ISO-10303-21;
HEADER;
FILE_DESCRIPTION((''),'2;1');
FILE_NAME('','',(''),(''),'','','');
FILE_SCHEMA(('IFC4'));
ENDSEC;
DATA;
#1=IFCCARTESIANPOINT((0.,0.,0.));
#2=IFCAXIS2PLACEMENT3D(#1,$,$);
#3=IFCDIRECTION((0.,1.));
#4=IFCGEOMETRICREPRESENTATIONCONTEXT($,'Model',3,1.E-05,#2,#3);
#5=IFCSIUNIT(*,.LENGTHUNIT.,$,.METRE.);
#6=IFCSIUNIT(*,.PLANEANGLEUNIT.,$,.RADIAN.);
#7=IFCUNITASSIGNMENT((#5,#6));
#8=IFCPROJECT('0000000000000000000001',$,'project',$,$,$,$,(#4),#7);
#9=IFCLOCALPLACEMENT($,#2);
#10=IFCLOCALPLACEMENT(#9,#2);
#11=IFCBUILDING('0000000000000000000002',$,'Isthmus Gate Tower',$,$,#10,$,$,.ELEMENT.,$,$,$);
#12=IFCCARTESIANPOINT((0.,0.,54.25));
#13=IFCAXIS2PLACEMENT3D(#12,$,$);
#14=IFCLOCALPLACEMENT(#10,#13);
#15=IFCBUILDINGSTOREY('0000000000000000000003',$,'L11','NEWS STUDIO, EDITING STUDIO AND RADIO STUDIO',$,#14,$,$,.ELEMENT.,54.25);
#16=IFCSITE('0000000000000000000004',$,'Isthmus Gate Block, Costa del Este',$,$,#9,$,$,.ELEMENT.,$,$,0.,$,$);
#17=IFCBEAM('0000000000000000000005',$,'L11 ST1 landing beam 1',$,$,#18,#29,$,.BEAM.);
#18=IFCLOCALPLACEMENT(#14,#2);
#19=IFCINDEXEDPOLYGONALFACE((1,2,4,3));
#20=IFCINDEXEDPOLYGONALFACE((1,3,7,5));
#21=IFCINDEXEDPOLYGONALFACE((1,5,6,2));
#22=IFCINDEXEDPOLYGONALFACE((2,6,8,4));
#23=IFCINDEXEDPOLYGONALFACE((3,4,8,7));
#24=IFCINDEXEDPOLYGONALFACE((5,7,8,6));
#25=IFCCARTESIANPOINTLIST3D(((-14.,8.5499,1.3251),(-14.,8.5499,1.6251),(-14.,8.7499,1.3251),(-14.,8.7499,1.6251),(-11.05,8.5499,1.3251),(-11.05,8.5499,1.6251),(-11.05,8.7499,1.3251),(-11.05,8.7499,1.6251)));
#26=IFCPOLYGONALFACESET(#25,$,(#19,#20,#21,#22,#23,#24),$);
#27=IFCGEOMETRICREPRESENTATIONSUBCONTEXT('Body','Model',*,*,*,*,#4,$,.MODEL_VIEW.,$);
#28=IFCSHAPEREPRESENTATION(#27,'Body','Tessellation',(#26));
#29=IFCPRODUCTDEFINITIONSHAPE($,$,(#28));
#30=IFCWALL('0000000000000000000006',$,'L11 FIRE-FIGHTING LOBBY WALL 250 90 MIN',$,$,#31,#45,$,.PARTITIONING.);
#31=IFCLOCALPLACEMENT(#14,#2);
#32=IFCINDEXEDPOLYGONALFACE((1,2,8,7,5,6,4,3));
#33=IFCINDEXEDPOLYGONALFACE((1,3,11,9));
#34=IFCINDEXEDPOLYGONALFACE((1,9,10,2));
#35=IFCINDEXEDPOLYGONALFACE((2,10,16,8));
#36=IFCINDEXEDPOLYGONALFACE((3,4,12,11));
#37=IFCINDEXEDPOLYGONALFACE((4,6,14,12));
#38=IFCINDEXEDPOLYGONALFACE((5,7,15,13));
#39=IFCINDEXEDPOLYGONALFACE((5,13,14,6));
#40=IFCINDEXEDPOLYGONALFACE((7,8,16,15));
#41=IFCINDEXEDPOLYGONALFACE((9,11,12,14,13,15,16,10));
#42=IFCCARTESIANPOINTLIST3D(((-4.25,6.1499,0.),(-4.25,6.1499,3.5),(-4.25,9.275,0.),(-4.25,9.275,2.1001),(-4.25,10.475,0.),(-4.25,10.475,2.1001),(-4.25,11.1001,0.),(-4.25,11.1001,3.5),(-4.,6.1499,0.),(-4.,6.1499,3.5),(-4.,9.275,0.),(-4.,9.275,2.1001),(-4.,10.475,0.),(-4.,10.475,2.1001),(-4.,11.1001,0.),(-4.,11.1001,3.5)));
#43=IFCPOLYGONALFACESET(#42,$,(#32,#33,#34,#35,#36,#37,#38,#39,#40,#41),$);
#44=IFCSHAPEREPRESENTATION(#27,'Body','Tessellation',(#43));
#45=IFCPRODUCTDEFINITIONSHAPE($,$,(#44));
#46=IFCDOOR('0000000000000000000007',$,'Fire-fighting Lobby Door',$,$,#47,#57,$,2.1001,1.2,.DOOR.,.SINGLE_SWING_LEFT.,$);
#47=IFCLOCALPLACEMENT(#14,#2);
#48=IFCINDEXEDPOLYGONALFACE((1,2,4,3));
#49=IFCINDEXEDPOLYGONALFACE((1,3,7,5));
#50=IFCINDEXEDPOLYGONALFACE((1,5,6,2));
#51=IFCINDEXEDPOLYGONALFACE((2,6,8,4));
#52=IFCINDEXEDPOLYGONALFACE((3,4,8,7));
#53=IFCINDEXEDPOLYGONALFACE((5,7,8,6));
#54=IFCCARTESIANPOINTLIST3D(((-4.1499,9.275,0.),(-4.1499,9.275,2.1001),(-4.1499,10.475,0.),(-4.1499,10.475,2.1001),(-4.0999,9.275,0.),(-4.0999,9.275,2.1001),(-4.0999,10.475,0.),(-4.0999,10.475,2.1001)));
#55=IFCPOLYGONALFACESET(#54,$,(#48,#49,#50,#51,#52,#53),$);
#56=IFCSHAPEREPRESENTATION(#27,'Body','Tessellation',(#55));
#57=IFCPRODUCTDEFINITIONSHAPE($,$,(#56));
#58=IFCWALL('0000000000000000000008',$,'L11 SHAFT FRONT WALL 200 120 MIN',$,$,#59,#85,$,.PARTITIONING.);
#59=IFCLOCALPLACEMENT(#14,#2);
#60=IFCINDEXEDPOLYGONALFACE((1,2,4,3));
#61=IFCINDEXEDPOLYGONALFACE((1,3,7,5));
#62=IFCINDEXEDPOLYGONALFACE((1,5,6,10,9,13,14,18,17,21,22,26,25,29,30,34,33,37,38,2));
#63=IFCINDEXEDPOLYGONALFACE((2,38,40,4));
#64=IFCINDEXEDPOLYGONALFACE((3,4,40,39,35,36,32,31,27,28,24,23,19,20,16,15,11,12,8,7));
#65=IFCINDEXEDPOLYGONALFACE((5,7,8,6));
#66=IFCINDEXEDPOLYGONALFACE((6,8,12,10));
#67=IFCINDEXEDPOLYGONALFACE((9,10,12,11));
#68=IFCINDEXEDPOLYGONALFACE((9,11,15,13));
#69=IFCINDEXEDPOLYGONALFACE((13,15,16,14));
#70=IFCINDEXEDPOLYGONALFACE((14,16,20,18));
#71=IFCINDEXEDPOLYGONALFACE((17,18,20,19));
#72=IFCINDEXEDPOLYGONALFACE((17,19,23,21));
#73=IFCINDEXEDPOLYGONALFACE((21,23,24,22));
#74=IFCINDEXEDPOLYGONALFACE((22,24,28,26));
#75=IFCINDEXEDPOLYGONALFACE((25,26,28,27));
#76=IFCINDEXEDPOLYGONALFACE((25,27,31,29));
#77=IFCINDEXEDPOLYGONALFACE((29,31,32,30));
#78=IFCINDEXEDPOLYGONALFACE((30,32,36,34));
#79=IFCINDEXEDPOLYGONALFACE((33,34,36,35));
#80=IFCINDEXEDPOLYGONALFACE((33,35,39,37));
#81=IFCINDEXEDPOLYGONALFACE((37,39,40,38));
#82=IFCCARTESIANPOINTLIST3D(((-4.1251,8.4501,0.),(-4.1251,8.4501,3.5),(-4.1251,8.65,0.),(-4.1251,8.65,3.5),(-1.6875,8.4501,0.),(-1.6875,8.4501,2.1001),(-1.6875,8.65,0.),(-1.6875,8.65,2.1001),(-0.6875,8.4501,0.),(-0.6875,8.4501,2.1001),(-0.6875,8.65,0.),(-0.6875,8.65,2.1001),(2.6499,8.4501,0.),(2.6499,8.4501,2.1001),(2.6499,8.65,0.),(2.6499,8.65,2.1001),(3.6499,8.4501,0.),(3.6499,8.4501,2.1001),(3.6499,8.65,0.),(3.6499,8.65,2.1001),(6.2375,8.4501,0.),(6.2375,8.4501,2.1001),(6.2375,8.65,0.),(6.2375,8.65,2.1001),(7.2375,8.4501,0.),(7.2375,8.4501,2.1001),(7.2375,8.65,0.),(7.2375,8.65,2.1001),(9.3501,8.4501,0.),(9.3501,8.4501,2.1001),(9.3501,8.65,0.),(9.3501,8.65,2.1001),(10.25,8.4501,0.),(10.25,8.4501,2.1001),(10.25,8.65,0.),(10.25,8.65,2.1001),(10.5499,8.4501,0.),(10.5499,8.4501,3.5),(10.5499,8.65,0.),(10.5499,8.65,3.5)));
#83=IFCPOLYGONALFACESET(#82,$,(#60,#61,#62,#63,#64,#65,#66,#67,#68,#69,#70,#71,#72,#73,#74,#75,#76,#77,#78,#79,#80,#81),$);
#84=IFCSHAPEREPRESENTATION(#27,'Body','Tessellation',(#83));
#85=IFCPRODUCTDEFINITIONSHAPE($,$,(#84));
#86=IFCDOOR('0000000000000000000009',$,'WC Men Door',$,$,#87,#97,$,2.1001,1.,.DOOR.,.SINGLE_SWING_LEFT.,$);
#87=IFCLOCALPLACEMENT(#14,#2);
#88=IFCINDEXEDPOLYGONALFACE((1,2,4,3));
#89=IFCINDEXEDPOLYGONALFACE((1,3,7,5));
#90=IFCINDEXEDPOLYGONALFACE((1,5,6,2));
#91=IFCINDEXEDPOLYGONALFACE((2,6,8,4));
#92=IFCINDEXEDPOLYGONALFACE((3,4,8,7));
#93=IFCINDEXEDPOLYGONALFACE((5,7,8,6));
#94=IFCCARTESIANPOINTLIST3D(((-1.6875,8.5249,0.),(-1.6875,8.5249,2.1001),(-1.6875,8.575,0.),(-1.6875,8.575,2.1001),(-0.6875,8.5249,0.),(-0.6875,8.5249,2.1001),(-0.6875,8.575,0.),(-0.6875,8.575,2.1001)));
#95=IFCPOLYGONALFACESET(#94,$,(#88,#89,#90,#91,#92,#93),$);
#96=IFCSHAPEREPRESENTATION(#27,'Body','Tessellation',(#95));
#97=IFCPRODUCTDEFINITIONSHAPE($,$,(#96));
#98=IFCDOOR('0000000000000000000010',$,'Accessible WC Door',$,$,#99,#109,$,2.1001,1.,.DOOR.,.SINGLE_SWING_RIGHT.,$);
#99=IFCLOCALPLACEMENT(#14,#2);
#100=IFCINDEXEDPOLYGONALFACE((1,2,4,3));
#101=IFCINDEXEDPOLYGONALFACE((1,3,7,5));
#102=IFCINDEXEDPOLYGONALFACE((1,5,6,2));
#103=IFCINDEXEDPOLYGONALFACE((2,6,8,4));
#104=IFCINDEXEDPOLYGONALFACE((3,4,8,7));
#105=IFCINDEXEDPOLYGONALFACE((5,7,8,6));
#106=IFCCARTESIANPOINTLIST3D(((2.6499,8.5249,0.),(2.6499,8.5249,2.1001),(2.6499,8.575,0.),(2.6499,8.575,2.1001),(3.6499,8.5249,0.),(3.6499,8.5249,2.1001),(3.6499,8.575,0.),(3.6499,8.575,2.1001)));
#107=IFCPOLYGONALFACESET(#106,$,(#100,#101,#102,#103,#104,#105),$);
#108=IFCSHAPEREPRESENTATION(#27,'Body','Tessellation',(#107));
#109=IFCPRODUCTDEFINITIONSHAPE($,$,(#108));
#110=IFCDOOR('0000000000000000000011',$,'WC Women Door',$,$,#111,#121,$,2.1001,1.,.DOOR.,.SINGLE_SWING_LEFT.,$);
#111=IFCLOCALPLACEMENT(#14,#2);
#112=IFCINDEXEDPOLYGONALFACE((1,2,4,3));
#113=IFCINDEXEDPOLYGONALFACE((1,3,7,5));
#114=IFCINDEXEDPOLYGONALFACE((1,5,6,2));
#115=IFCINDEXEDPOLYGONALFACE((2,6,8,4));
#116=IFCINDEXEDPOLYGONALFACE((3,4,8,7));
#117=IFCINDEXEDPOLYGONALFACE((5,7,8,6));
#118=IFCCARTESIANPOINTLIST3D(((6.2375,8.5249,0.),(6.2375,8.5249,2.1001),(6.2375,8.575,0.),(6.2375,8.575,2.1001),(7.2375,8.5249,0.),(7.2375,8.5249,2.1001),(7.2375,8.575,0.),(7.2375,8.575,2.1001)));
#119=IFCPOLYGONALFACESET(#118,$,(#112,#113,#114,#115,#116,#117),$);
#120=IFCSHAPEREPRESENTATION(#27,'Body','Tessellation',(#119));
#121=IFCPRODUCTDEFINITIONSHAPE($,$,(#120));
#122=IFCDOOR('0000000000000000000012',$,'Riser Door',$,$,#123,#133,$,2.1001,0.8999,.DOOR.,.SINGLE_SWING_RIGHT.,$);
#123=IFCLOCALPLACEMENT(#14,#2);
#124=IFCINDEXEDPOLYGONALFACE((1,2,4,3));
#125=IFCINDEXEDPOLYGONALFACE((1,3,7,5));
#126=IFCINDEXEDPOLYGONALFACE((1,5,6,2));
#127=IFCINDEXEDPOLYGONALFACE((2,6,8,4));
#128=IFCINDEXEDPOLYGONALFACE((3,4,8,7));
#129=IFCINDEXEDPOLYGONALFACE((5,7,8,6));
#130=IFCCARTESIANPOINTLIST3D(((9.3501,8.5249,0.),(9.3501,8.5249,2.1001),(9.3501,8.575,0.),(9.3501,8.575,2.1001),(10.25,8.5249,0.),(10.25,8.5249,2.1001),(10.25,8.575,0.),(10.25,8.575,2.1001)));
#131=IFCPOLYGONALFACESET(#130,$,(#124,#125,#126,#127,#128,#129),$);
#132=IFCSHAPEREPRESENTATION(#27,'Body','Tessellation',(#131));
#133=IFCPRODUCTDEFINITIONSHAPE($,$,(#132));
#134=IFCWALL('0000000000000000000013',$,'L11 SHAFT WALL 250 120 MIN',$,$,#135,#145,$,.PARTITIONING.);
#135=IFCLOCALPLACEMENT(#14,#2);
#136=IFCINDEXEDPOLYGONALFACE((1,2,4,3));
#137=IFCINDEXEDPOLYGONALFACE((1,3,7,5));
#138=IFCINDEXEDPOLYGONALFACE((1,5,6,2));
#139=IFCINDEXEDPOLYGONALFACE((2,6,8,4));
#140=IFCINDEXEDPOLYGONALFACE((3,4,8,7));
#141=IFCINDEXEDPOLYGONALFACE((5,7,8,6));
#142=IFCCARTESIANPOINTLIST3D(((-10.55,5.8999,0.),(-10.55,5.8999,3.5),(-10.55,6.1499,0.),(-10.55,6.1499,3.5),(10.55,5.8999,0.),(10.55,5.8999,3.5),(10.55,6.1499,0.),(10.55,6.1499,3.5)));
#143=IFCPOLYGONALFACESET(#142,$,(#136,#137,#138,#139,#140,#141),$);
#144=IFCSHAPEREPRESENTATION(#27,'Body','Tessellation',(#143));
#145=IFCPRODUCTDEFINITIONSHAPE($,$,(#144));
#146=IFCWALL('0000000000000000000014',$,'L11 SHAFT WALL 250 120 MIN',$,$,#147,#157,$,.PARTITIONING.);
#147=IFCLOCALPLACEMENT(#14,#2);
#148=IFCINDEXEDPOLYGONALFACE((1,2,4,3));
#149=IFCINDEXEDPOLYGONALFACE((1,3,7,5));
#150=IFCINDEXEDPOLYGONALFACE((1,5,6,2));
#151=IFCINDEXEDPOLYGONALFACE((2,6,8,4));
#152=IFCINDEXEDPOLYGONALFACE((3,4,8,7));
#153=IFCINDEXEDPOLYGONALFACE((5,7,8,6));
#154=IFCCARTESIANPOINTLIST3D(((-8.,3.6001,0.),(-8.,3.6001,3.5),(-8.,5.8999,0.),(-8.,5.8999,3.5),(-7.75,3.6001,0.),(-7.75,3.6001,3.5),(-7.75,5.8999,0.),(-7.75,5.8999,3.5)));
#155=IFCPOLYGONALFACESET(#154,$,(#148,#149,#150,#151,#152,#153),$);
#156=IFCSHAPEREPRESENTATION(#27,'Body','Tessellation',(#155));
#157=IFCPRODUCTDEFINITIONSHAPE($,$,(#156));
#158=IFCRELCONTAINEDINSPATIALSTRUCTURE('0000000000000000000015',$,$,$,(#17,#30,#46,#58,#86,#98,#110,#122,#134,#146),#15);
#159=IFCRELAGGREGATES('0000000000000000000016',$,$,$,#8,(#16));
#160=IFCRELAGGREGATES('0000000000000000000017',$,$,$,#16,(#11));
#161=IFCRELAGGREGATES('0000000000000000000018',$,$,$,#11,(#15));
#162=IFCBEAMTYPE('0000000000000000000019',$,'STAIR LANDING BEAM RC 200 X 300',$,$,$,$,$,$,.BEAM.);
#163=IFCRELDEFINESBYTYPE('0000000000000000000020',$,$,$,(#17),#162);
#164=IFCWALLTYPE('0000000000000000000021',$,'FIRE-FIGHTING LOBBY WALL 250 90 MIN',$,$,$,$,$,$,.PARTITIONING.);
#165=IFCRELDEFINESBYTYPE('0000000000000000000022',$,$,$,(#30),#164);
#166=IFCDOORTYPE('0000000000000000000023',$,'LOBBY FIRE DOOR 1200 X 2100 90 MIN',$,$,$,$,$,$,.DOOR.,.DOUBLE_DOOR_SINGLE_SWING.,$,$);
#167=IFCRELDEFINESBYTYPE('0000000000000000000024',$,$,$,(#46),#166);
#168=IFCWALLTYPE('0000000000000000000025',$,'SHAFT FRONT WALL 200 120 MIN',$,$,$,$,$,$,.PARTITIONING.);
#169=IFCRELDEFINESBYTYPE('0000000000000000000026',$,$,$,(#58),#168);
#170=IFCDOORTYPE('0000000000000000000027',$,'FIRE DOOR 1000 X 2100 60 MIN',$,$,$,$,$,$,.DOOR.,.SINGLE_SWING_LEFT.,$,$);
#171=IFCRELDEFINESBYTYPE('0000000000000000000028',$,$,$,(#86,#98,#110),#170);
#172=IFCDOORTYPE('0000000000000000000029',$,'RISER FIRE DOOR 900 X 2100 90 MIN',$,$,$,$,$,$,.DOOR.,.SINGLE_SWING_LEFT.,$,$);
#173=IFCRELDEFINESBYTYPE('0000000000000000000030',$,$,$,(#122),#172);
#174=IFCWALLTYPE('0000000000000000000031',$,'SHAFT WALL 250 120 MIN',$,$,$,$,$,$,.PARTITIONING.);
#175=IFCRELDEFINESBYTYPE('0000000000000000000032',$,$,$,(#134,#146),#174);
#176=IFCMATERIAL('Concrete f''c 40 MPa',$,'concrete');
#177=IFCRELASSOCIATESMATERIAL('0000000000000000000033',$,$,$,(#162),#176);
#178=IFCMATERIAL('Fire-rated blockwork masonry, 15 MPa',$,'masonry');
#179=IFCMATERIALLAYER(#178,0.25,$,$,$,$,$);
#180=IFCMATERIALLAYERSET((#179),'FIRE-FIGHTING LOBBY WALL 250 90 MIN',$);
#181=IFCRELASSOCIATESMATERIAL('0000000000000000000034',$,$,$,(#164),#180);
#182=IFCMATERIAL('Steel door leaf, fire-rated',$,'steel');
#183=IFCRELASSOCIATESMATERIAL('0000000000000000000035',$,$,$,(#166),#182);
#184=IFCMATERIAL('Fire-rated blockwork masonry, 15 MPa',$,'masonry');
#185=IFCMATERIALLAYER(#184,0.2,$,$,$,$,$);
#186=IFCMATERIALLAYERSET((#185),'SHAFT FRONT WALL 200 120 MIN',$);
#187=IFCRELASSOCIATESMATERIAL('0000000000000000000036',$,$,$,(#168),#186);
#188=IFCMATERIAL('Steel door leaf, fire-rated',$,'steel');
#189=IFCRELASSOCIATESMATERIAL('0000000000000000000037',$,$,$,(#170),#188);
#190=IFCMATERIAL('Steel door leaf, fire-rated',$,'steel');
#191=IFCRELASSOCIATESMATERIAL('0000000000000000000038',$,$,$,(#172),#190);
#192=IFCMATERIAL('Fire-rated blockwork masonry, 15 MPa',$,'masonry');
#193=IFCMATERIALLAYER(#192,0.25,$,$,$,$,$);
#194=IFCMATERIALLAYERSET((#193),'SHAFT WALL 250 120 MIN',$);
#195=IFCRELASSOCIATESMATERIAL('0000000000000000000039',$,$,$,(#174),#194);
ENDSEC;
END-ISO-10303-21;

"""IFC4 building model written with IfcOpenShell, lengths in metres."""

from ifc_helpers import new_model, si_unit, direction, frame, frame_2d, origin, origin_2d, place, context, subcontext, project, spatial, rectangle, extrude, material, layer, layer_set, material_profile, profile_set, type_object, element, fill, save


model = new_model("IFC4")

# Units and contexts
model_context = context("Model", 3, precision=1e-05, world=origin(), true_north=direction((0.0, 1.0)))
body_context = subcontext(model_context, "Body", "Model", "MODEL_VIEW")
ifc_project = project(units=[si_unit("LENGTHUNIT", "METRE"), si_unit("PLANEANGLEUNIT", "RADIAN")], contexts=[model_context])

# Site, building, storey
site_placement = place(None, origin())
site = spatial("IfcSite", under=ifc_project, at=site_placement, Name="Isthmus Gate Block, Costa del Este", CompositionType="ELEMENT", RefElevation=0.0)
building_placement = place(site_placement, origin())
building = spatial("IfcBuilding", under=site, at=building_placement, Name="Isthmus Gate Tower", CompositionType="ELEMENT")
storey_placement = place(building_placement, frame((0.0, 0.0, 54.25)))
storey = spatial("IfcBuildingStorey", under=building, at=storey_placement, Name="L11", Description="NEWS STUDIO, EDITING STUDIO AND RADIO STUDIO", CompositionType="ELEMENT", Elevation=54.25)

# Beam
ifc_material_1 = material(Name="Concrete f'c 40 MPa", Category="concrete")
ifc_material_profile = material_profile(ifc_material_1, rectangle(XDim=0.2, YDim=0.3, at=origin_2d()), Name="STAIR LANDING BEAM RC 200 X 300")
ifc_profile_set = profile_set([ifc_material_profile], Name="Concrete f'c 40 MPa")
beam_type = type_object("IfcBeamType", Name="STAIR LANDING BEAM RC 200 X 300", PredefinedType="BEAM", material=ifc_profile_set)
beam_placement = place(storey_placement, frame((-14.0, 8.6499, 1.4751), z_axis=(1.0, 0.0, 0.0), x_axis=(0.0, 1.0, 0.0)))
element("IfcBeam", 1, at=beam_placement, inside=storey, type_object=beam_type, Name="L11 ST1 landing beam 1", PredefinedType="BEAM", context=body_context, shape_type="SweptSolid", body=[
    extrude(rectangle(XDim=0.2, YDim=0.3, at=origin_2d()), origin(), (0.0, 0.0, 1.0), 2.95),
])

# Wall, opening, door
ifc_material_2 = material(Name="Fire-rated blockwork masonry, 15 MPa", Category="masonry")
ifc_layer_1 = layer(ifc_material_2, 0.25)
ifc_layer_set_1 = layer_set([ifc_layer_1], Name="FIRE-FIGHTING LOBBY WALL 250 90 MIN")
wall_type_1 = type_object("IfcWallType", Name="FIRE-FIGHTING LOBBY WALL 250 90 MIN", PredefinedType="PARTITIONING", material=ifc_layer_set_1)
wall_1_placement = place(storey_placement, frame((-4.125, 6.1499, 0.0), z_axis=(0.0, 0.0, 1.0), x_axis=(0.0, 1.0, 0.0)))
wall_1 = element("IfcWall", 2, at=wall_1_placement, inside=storey, type_object=wall_type_1, Name="L11 FIRE-FIGHTING LOBBY WALL 250 90 MIN", PredefinedType="PARTITIONING", context=body_context, shape_type="SweptSolid", body=[
    extrude(rectangle(XDim=4.9502, YDim=0.25, at=frame_2d((2.4751, 0.0))), origin(), (0.0, 0.0, 1.0), 3.5),
])
opening_1_placement = place(wall_1_placement, frame((3.125, 0.0, 0.0)))
opening_1 = element("IfcOpeningElement", 3, at=opening_1_placement, cuts=wall_1, PredefinedType="OPENING", context=body_context, shape_type="SweptSolid", body=[
    extrude(rectangle(XDim=1.2, YDim=2.1001, at=frame_2d((0.6001, 1.05))), frame((0.0, 0.135, 0.0), z_axis=(0.0, -1.0, 0.0), x_axis=(1.0, 0.0, 0.0)), (0.0, 0.0, 1.0), 0.27),
])
ifc_material_3 = material(Name="Steel door leaf, fire-rated", Category="steel")
door_type_1 = type_object("IfcDoorType", Name="LOBBY FIRE DOOR 1200 X 2100 90 MIN", OperationType="DOUBLE_DOOR_SINGLE_SWING", PredefinedType="DOOR", material=ifc_material_3)
door_1_placement = place(opening_1_placement, origin())
door_1 = element("IfcDoor", 4, at=door_1_placement, inside=storey, type_object=door_type_1, Name="Fire-fighting Lobby Door", OperationType="SINGLE_SWING_LEFT", OverallHeight=2.1001, OverallWidth=1.2, PredefinedType="DOOR", context=body_context, shape_type="SweptSolid", body=[
    extrude(rectangle(XDim=1.2, YDim=2.1001, at=frame_2d((0.6001, 1.05))), frame((0.0, 0.0249, 0.0), z_axis=(0.0, -1.0, 0.0), x_axis=(1.0, 0.0, 0.0)), (0.0, 0.0, 1.0), 0.05),
])
fill(opening_1, door_1)

# Wall, openings, doors
ifc_material_4 = material(Name="Fire-rated blockwork masonry, 15 MPa", Category="masonry")
ifc_layer_2 = layer(ifc_material_4, 0.2)
ifc_layer_set_2 = layer_set([ifc_layer_2], Name="SHAFT FRONT WALL 200 120 MIN")
wall_type_2 = type_object("IfcWallType", Name="SHAFT FRONT WALL 200 120 MIN", PredefinedType="PARTITIONING", material=ifc_layer_set_2)
wall_2_placement = place(storey_placement, frame((-4.125, 8.55, 0.0), z_axis=(0.0, 0.0, 1.0), x_axis=(1.0, 0.0, 0.0)))
wall_2 = element("IfcWall", 5, at=wall_2_placement, inside=storey, type_object=wall_type_2, Name="L11 SHAFT FRONT WALL 200 120 MIN", PredefinedType="PARTITIONING", context=body_context, shape_type="SweptSolid", body=[
    extrude(rectangle(XDim=14.675, YDim=0.2, at=frame_2d((7.3374, 0.0))), origin(), (0.0, 0.0, 1.0), 3.5),
])
opening_2_placement = place(wall_2_placement, frame((2.4375, 0.0, 0.0)))
opening_2 = element("IfcOpeningElement", 6, at=opening_2_placement, cuts=wall_2, PredefinedType="OPENING", context=body_context, shape_type="SweptSolid", body=[
    extrude(rectangle(XDim=1.0, YDim=2.1001, at=frame_2d((0.5, 1.05))), frame((0.0, 0.1099, 0.0), z_axis=(0.0, -1.0, 0.0), x_axis=(1.0, 0.0, 0.0)), (0.0, 0.0, 1.0), 0.22),
])
opening_3_placement = place(wall_2_placement, frame((6.7749, 0.0, 0.0)))
opening_3 = element("IfcOpeningElement", 7, at=opening_3_placement, cuts=wall_2, PredefinedType="OPENING", context=body_context, shape_type="SweptSolid", body=[
    extrude(rectangle(XDim=1.0, YDim=2.1001, at=frame_2d((0.5, 1.05))), frame((0.0, 0.1099, 0.0), z_axis=(0.0, -1.0, 0.0), x_axis=(1.0, 0.0, 0.0)), (0.0, 0.0, 1.0), 0.22),
])
opening_4_placement = place(wall_2_placement, frame((10.3625, 0.0, 0.0)))
opening_4 = element("IfcOpeningElement", 8, at=opening_4_placement, cuts=wall_2, PredefinedType="OPENING", context=body_context, shape_type="SweptSolid", body=[
    extrude(rectangle(XDim=1.0, YDim=2.1001, at=frame_2d((0.5, 1.05))), frame((0.0, 0.1099, 0.0), z_axis=(0.0, -1.0, 0.0), x_axis=(1.0, 0.0, 0.0)), (0.0, 0.0, 1.0), 0.22),
])
opening_5_placement = place(wall_2_placement, frame((13.4751, 0.0, 0.0)))
opening_5 = element("IfcOpeningElement", 9, at=opening_5_placement, cuts=wall_2, PredefinedType="OPENING", context=body_context, shape_type="SweptSolid", body=[
    extrude(rectangle(XDim=0.8999, YDim=2.1001, at=frame_2d((0.45, 1.05))), frame((0.0, 0.1099, 0.0), z_axis=(0.0, -1.0, 0.0), x_axis=(1.0, 0.0, 0.0)), (0.0, 0.0, 1.0), 0.22),
])
ifc_material_5 = material(Name="Steel door leaf, fire-rated", Category="steel")
door_type_2 = type_object("IfcDoorType", Name="FIRE DOOR 1000 X 2100 60 MIN", OperationType="SINGLE_SWING_LEFT", PredefinedType="DOOR", material=ifc_material_5)
door_2_placement = place(opening_2_placement, origin())
door_2 = element("IfcDoor", 10, at=door_2_placement, inside=storey, type_object=door_type_2, Name="WC Men Door", OperationType="SINGLE_SWING_LEFT", OverallHeight=2.1001, OverallWidth=1.0, PredefinedType="DOOR", context=body_context, shape_type="SweptSolid", body=[
    extrude(rectangle(XDim=1.0, YDim=2.1001, at=frame_2d((0.5, 1.05))), frame((0.0, 0.0249, 0.0), z_axis=(0.0, -1.0, 0.0), x_axis=(1.0, 0.0, 0.0)), (0.0, 0.0, 1.0), 0.05),
])
fill(opening_2, door_2)
door_3_placement = place(opening_3_placement, origin())
door_3 = element("IfcDoor", 11, at=door_3_placement, inside=storey, type_object=door_type_2, Name="Accessible WC Door", OperationType="SINGLE_SWING_RIGHT", OverallHeight=2.1001, OverallWidth=1.0, PredefinedType="DOOR", context=body_context, shape_type="SweptSolid", body=[
    extrude(rectangle(XDim=1.0, YDim=2.1001, at=frame_2d((0.5, 1.05))), frame((0.0, 0.0249, 0.0), z_axis=(0.0, -1.0, 0.0), x_axis=(1.0, 0.0, 0.0)), (0.0, 0.0, 1.0), 0.05),
])
fill(opening_3, door_3)
door_4_placement = place(opening_4_placement, origin())
door_4 = element("IfcDoor", 12, at=door_4_placement, inside=storey, type_object=door_type_2, Name="WC Women Door", OperationType="SINGLE_SWING_LEFT", OverallHeight=2.1001, OverallWidth=1.0, PredefinedType="DOOR", context=body_context, shape_type="SweptSolid", body=[
    extrude(rectangle(XDim=1.0, YDim=2.1001, at=frame_2d((0.5, 1.05))), frame((0.0, 0.0249, 0.0), z_axis=(0.0, -1.0, 0.0), x_axis=(1.0, 0.0, 0.0)), (0.0, 0.0, 1.0), 0.05),
])
fill(opening_4, door_4)
ifc_material_6 = material(Name="Steel door leaf, fire-rated", Category="steel")
door_type_3 = type_object("IfcDoorType", Name="RISER FIRE DOOR 900 X 2100 90 MIN", OperationType="SINGLE_SWING_LEFT", PredefinedType="DOOR", material=ifc_material_6)
door_5_placement = place(opening_5_placement, origin())
door_5 = element("IfcDoor", 13, at=door_5_placement, inside=storey, type_object=door_type_3, Name="Riser Door", OperationType="SINGLE_SWING_RIGHT", OverallHeight=2.1001, OverallWidth=0.8999, PredefinedType="DOOR", context=body_context, shape_type="SweptSolid", body=[
    extrude(rectangle(XDim=0.8999, YDim=2.1001, at=frame_2d((0.45, 1.05))), frame((0.0, 0.0249, 0.0), z_axis=(0.0, -1.0, 0.0), x_axis=(1.0, 0.0, 0.0)), (0.0, 0.0, 1.0), 0.05),
])
fill(opening_5, door_5)

# Walls
ifc_material_7 = material(Name="Fire-rated blockwork masonry, 15 MPa", Category="masonry")
ifc_layer_3 = layer(ifc_material_7, 0.25)
ifc_layer_set_3 = layer_set([ifc_layer_3], Name="SHAFT WALL 250 120 MIN")
wall_type_3 = type_object("IfcWallType", Name="SHAFT WALL 250 120 MIN", PredefinedType="PARTITIONING", material=ifc_layer_set_3)
wall_3_placement = place(storey_placement, frame((-10.55, 6.0249, 0.0), z_axis=(0.0, 0.0, 1.0), x_axis=(1.0, 0.0, 0.0)))
element("IfcWall", 14, at=wall_3_placement, inside=storey, type_object=wall_type_3, Name="L11 SHAFT WALL 250 120 MIN", PredefinedType="PARTITIONING", context=body_context, shape_type="SweptSolid", body=[
    extrude(rectangle(XDim=21.1001, YDim=0.25, at=frame_2d((10.55, 0.0))), origin(), (0.0, 0.0, 1.0), 3.5),
])
for number, where, z_axis, x_axis, name in (
    (15, (-7.875, 3.6001, 0.0), (0.0, 0.0, 1.0), (0.0, 1.0, 0.0), "L11 SHAFT WALL 250 120 MIN"),
):
    element("IfcWall", number, at=place(storey_placement, frame(where, z_axis=z_axis, x_axis=x_axis)), inside=storey, type_object=wall_type_3, Name=name, PredefinedType="PARTITIONING", context=body_context, shape_type="SweptSolid", body=[
        extrude(rectangle(XDim=2.2998, YDim=0.25, at=frame_2d((1.1499, 0.0))), origin(), (0.0, 0.0, 1.0), 3.5),
    ])

save(model, "model.ifc")
